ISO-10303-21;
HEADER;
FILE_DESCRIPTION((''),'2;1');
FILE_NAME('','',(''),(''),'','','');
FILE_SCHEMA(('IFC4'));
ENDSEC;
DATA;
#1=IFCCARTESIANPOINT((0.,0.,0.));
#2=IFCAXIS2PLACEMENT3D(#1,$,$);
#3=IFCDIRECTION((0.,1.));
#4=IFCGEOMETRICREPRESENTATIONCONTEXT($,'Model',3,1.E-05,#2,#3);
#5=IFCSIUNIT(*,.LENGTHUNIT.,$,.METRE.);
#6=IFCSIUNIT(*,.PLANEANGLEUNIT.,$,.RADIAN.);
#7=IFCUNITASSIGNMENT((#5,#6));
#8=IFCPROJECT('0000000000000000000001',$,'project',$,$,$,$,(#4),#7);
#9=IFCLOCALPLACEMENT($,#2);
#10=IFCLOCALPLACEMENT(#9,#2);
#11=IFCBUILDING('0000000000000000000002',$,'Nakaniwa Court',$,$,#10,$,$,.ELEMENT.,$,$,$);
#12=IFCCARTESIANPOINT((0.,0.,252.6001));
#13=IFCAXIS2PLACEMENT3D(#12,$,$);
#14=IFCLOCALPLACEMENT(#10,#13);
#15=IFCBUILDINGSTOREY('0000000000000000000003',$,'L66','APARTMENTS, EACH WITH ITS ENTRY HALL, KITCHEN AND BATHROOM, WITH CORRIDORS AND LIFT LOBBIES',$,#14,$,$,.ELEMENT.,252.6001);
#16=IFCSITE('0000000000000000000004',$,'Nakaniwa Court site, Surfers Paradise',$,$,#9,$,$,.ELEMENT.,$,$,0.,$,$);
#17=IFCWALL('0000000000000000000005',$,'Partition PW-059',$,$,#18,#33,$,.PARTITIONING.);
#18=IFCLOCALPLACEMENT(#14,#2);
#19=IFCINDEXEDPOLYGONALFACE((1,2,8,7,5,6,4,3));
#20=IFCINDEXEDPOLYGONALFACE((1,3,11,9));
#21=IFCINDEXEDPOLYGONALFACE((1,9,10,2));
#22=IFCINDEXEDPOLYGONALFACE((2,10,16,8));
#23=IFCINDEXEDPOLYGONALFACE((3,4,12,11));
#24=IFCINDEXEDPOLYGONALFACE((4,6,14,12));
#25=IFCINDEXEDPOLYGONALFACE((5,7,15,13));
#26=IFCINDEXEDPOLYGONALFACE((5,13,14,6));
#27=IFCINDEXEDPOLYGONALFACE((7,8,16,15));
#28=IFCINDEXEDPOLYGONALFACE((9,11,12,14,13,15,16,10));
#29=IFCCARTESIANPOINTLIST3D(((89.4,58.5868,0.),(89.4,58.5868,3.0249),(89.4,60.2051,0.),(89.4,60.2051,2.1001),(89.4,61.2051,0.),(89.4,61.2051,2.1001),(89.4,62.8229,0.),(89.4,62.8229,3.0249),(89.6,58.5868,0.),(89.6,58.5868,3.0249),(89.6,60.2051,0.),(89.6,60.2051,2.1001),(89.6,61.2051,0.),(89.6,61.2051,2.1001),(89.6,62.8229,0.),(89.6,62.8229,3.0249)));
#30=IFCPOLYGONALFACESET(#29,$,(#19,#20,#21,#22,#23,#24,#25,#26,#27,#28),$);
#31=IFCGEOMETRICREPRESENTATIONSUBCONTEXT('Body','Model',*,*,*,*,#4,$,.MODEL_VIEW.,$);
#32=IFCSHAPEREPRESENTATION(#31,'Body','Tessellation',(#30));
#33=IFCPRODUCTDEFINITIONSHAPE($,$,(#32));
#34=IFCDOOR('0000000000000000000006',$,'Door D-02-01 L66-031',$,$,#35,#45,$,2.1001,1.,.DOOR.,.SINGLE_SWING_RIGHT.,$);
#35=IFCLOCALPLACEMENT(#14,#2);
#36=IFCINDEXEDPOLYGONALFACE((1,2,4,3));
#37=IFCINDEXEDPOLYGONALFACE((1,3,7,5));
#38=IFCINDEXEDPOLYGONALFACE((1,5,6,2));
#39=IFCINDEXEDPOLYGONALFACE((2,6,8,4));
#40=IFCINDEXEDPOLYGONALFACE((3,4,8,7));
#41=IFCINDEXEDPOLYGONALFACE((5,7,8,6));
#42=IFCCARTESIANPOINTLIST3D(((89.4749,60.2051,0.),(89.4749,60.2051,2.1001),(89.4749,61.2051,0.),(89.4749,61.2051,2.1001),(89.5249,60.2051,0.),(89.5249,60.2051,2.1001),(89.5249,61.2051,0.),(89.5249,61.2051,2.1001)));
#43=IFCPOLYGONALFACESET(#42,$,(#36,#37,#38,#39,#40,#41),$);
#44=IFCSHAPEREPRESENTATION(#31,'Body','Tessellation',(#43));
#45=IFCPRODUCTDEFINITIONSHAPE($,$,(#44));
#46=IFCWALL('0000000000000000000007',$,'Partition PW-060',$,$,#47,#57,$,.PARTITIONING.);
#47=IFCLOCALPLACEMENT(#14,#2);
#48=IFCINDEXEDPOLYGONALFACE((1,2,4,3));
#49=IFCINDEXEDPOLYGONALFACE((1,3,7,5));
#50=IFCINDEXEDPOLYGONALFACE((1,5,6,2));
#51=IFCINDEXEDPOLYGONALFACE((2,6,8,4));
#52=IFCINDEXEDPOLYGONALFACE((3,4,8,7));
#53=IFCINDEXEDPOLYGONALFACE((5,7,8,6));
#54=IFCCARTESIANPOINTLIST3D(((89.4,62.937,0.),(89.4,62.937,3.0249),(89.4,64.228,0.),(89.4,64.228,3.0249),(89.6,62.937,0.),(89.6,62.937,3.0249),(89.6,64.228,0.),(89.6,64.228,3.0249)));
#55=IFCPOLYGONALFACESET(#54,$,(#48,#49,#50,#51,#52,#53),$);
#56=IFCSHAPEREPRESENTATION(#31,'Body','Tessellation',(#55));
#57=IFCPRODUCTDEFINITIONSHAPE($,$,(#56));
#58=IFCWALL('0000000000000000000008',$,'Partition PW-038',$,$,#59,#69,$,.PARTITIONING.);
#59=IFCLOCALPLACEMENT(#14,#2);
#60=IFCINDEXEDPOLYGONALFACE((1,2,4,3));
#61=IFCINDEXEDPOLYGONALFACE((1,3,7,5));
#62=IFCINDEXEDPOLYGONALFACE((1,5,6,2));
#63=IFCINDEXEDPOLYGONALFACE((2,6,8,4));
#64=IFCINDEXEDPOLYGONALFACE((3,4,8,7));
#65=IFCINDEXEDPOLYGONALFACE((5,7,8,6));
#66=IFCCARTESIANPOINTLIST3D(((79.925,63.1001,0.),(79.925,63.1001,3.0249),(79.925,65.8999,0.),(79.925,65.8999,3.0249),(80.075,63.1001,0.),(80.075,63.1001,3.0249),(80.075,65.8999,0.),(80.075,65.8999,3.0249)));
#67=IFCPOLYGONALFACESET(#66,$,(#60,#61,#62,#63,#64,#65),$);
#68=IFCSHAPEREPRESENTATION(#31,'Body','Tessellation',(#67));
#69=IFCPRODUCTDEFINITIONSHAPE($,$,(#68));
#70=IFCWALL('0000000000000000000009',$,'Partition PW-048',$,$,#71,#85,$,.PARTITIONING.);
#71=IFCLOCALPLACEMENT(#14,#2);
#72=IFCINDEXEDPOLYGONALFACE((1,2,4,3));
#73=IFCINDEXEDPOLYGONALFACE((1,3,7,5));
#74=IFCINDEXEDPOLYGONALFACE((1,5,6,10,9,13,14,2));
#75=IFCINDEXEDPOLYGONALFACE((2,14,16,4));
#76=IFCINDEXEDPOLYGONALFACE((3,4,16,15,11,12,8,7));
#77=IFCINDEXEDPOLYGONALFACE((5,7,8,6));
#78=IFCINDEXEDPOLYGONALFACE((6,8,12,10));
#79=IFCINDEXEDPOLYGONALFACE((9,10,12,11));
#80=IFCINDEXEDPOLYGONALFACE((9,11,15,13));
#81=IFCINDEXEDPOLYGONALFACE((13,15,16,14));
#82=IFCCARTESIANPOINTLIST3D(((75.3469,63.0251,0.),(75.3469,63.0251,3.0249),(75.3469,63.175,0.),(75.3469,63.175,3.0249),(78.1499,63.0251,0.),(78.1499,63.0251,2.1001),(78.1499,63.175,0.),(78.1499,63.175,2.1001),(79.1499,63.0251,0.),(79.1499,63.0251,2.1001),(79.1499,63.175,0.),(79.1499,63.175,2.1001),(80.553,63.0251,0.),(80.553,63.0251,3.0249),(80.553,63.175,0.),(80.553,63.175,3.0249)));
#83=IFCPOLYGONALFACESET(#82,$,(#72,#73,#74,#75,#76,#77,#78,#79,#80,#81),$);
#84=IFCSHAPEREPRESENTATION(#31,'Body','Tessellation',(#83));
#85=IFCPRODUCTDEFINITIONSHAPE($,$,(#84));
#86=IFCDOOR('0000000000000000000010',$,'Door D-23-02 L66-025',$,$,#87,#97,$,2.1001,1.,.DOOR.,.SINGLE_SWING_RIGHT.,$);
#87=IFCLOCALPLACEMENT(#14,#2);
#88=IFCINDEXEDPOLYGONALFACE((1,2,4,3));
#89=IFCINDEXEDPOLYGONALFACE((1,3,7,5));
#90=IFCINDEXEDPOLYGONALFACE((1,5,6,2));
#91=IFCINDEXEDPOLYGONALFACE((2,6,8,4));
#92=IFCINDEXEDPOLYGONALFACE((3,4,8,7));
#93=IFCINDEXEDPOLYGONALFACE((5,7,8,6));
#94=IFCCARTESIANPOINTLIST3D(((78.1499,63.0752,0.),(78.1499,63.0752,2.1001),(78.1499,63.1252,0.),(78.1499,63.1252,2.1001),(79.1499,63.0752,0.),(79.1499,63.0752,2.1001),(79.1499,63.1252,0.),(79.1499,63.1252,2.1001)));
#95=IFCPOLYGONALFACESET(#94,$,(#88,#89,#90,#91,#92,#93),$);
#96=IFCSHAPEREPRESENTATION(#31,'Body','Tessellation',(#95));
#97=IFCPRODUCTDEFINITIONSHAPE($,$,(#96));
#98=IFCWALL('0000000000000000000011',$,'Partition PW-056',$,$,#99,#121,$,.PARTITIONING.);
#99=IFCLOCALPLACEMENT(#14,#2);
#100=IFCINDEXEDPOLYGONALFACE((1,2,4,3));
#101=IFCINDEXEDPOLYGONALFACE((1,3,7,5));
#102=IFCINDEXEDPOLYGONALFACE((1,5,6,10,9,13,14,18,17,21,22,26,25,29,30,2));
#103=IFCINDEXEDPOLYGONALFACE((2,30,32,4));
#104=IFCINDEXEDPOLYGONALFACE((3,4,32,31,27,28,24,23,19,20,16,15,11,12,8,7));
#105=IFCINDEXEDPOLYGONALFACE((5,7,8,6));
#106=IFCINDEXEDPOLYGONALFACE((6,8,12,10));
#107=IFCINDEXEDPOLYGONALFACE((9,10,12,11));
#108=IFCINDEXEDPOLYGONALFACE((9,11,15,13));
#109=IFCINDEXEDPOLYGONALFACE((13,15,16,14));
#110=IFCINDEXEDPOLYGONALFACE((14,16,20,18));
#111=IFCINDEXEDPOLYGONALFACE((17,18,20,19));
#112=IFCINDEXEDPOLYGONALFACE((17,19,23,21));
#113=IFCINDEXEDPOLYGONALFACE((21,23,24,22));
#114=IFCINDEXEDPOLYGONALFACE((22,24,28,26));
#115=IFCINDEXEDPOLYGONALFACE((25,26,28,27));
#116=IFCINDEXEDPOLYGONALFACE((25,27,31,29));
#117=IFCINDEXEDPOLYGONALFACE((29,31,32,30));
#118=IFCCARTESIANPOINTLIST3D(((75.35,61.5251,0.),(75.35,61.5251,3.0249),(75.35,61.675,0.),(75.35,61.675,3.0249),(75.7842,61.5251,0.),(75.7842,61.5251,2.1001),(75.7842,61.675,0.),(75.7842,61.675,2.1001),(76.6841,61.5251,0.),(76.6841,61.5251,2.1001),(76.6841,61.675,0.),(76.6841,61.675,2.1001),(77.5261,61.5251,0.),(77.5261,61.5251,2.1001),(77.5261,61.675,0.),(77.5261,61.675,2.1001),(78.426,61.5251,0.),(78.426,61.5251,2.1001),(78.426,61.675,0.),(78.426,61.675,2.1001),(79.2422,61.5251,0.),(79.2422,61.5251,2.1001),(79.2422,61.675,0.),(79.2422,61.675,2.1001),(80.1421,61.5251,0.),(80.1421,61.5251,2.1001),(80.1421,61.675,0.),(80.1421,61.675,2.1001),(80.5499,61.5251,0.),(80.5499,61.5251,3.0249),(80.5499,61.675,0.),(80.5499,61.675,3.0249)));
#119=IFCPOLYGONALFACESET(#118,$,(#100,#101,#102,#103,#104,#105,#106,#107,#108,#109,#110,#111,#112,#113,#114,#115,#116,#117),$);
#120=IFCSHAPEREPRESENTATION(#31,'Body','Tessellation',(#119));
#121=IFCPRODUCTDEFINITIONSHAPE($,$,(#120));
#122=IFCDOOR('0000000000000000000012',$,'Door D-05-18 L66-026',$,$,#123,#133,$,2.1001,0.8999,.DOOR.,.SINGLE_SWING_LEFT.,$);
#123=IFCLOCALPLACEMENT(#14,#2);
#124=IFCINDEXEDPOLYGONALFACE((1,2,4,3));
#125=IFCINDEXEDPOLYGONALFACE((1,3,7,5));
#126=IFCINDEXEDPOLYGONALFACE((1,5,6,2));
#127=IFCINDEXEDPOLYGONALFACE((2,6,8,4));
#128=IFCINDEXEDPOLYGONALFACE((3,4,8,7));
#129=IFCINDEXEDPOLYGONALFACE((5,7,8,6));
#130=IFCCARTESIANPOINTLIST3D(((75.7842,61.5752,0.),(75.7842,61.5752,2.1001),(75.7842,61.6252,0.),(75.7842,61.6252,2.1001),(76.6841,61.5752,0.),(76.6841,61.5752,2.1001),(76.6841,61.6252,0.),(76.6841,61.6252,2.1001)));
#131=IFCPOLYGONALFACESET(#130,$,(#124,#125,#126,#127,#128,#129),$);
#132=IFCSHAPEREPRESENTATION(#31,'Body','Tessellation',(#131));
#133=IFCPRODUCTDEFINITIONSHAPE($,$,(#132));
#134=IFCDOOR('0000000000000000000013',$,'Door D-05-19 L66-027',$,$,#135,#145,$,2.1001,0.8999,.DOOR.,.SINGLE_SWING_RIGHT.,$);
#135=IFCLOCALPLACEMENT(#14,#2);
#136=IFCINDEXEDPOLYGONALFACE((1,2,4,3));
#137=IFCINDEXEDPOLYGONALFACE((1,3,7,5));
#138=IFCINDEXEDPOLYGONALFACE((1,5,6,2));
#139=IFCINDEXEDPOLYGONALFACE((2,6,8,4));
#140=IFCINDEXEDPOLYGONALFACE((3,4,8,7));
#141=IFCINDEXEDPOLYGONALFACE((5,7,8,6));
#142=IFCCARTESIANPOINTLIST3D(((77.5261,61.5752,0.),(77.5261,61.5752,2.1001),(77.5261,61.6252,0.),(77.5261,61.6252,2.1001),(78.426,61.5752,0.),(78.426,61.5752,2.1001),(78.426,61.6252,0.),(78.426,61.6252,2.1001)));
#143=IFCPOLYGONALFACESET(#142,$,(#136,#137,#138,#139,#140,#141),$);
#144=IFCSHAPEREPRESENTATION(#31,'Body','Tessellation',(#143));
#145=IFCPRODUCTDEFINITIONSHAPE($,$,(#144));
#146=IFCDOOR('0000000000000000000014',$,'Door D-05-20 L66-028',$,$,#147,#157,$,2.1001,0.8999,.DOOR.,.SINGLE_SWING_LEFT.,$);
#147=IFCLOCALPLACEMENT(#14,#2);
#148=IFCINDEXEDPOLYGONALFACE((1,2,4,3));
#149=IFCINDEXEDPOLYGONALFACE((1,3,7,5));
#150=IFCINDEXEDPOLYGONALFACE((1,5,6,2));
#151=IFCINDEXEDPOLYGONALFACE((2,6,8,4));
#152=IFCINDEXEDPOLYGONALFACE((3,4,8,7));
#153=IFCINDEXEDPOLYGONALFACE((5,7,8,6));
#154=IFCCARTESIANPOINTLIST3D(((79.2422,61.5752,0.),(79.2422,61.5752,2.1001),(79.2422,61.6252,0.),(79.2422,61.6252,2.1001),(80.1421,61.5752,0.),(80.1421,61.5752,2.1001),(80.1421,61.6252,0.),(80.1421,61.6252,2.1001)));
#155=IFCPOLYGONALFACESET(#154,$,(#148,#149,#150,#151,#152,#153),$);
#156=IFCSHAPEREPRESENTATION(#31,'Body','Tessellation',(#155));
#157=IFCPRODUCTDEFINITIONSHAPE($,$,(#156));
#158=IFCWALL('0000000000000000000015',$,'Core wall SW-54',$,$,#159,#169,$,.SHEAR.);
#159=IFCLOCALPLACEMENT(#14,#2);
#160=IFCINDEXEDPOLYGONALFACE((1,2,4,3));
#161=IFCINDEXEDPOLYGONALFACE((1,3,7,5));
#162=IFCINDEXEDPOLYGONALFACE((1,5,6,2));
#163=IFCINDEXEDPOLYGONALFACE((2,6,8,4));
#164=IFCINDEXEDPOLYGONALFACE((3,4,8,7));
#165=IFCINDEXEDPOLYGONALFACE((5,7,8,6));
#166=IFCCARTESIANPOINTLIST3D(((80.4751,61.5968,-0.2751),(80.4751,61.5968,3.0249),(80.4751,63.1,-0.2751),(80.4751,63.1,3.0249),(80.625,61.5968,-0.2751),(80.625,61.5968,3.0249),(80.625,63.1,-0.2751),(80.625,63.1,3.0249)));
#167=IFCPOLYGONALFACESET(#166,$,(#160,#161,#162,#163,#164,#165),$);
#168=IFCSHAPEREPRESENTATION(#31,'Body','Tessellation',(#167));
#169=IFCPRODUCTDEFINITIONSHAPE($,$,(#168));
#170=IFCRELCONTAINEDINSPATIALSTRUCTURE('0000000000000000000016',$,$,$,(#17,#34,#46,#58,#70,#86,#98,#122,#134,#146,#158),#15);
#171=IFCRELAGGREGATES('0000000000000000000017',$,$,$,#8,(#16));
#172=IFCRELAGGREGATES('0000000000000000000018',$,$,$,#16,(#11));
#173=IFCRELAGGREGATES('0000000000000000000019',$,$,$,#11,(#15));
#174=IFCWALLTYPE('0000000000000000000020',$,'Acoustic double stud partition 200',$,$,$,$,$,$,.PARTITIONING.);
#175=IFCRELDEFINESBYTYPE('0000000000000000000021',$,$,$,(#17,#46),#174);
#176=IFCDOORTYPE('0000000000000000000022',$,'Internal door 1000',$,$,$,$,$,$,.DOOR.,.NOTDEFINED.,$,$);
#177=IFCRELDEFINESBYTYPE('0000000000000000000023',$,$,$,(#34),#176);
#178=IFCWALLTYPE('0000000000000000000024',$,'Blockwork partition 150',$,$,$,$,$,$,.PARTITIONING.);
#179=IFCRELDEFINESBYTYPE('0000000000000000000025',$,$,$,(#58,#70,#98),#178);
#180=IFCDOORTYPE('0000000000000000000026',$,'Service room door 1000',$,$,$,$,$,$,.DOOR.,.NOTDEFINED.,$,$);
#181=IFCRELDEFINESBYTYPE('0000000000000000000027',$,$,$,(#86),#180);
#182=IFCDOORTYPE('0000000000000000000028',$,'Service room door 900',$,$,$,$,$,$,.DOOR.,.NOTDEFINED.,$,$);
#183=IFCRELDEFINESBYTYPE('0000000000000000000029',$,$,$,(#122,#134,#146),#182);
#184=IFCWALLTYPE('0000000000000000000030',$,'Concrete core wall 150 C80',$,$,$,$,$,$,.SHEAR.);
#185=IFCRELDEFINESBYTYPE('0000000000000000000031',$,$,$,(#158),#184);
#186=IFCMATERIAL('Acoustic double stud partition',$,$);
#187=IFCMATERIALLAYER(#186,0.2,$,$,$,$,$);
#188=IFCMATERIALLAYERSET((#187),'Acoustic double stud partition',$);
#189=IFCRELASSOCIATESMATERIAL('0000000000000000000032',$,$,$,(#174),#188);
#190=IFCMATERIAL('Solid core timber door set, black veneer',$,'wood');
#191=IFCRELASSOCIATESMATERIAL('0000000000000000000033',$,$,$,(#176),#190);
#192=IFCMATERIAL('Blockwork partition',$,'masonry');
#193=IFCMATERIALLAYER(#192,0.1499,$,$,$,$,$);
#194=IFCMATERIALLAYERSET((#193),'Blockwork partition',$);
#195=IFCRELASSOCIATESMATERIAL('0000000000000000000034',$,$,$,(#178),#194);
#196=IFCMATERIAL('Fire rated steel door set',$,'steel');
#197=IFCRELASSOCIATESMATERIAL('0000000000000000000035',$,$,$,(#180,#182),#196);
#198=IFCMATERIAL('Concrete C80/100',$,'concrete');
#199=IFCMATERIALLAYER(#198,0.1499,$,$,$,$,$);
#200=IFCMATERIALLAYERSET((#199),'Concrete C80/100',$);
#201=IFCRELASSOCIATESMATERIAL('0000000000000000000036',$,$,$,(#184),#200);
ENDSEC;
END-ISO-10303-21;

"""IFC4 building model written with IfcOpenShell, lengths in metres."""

from ifc_helpers import new_model, si_unit, direction, frame, frame_2d, origin, place, context, subcontext, project, spatial, rectangle, extrude, material, layer, layer_set, type_object, element, fill, save


model = new_model("IFC4")

# Units and contexts
model_context = context("Model", 3, precision=1e-05, world=origin(), true_north=direction((0.0, 1.0)))
body_context = subcontext(model_context, "Body", "Model", "MODEL_VIEW")
ifc_project = project(units=[si_unit("LENGTHUNIT", "METRE"), si_unit("PLANEANGLEUNIT", "RADIAN")], contexts=[model_context])

# Site, building, storey
site_placement = place(None, origin())
site = spatial("IfcSite", under=ifc_project, at=site_placement, Name="Nakaniwa Court site, Surfers Paradise", CompositionType="ELEMENT", RefElevation=0.0)
building_placement = place(site_placement, origin())
building = spatial("IfcBuilding", under=site, at=building_placement, Name="Nakaniwa Court", CompositionType="ELEMENT")
storey_placement = place(building_placement, frame((0.0, 0.0, 252.6001)))
storey = spatial("IfcBuildingStorey", under=building, at=storey_placement, Name="L66", Description="APARTMENTS, EACH WITH ITS ENTRY HALL, KITCHEN AND BATHROOM, WITH CORRIDORS AND LIFT LOBBIES", CompositionType="ELEMENT", Elevation=252.6001)

# Wall, opening, door
ifc_material_1 = material(Name="Acoustic double stud partition")
ifc_layer_1 = layer(ifc_material_1, 0.2)
ifc_layer_set_1 = layer_set([ifc_layer_1], Name="Acoustic double stud partition")
wall_type_1 = type_object("IfcWallType", Name="Acoustic double stud partition 200", PredefinedType="PARTITIONING", material=ifc_layer_set_1)
wall_1_placement = place(storey_placement, frame((89.5, 62.823, 0.0), z_axis=(0.0, 0.0, 1.0), x_axis=(0.0, -1.0, 0.0)))
wall_1 = element("IfcWall", 1, at=wall_1_placement, inside=storey, type_object=wall_type_1, Name="Partition PW-059", PredefinedType="PARTITIONING", context=body_context, shape_type="SweptSolid", body=[
    extrude(rectangle(XDim=4.2361, YDim=0.2, at=frame_2d((2.1182, 0.0))), origin(), (0.0, 0.0, 1.0), 3.0249),
])
opening_1_placement = place(wall_1_placement, frame((1.6179, 0.0, 0.0)))
opening_1 = element("IfcOpeningElement", 2, at=opening_1_placement, cuts=wall_1, PredefinedType="OPENING", context=body_context, shape_type="SweptSolid", body=[
    extrude(rectangle(XDim=1.0, YDim=2.1001, at=frame_2d((0.5, 1.05))), frame((0.0, 0.1099, 0.0), z_axis=(0.0, -1.0, 0.0), x_axis=(1.0, 0.0, 0.0)), (0.0, 0.0, 1.0), 0.22),
])
ifc_material_2 = material(Name="Solid core timber door set, black veneer", Category="wood")
door_type_1 = type_object("IfcDoorType", Name="Internal door 1000", OperationType="NOTDEFINED", PredefinedType="DOOR", material=ifc_material_2)
door_1_placement = place(opening_1_placement, origin())
door_1 = element("IfcDoor", 3, at=door_1_placement, inside=storey, type_object=door_type_1, Name="Door D-02-01 L66-031", OperationType="SINGLE_SWING_RIGHT", OverallHeight=2.1001, OverallWidth=1.0, PredefinedType="DOOR", context=body_context, shape_type="SweptSolid", body=[
    extrude(rectangle(XDim=1.0, YDim=2.1001, at=frame_2d((0.5, 1.05))), frame((0.0, 0.0249, 0.0), z_axis=(0.0, -1.0, 0.0), x_axis=(1.0, 0.0, 0.0)), (0.0, 0.0, 1.0), 0.05),
])
fill(opening_1, door_1)

# Walls
wall_2_placement = place(storey_placement, frame((89.5, 62.937, 0.0), z_axis=(0.0, 0.0, 1.0), x_axis=(0.0, 1.0, 0.0)))
element("IfcWall", 4, at=wall_2_placement, inside=storey, type_object=wall_type_1, Name="Partition PW-060", PredefinedType="PARTITIONING", context=body_context, shape_type="SweptSolid", body=[
    extrude(rectangle(XDim=1.291, YDim=0.2, at=frame_2d((0.6455, 0.0))), origin(), (0.0, 0.0, 1.0), 3.0249),
])
ifc_material_3 = material(Name="Blockwork partition", Category="masonry")
ifc_layer_2 = layer(ifc_material_3, 0.1499)
ifc_layer_set_2 = layer_set([ifc_layer_2], Name="Blockwork partition")
wall_type_2 = type_object("IfcWallType", Name="Blockwork partition 150", PredefinedType="PARTITIONING", material=ifc_layer_set_2)
wall_3_placement = place(storey_placement, frame((80.0, 63.1001, 0.0), z_axis=(0.0, 0.0, 1.0), x_axis=(0.0, 1.0, 0.0)))
element("IfcWall", 5, at=wall_3_placement, inside=storey, type_object=wall_type_2, Name="Partition PW-038", PredefinedType="PARTITIONING", context=body_context, shape_type="SweptSolid", body=[
    extrude(rectangle(XDim=2.7998, YDim=0.1499, at=frame_2d((1.3999, 0.0))), origin(), (0.0, 0.0, 1.0), 3.0249),
])

# Wall, opening, door
wall_4_placement = place(storey_placement, frame((80.553, 63.1001, 0.0), z_axis=(0.0, 0.0, 1.0), x_axis=(-1.0, 0.0, 0.0)))
wall_4 = element("IfcWall", 6, at=wall_4_placement, inside=storey, type_object=wall_type_2, Name="Partition PW-048", PredefinedType="PARTITIONING", context=body_context, shape_type="SweptSolid", body=[
    extrude(rectangle(XDim=5.2061, YDim=0.1499, at=frame_2d((2.603, 0.0))), origin(), (0.0, 0.0, 1.0), 3.0249),
])
opening_2_placement = place(wall_4_placement, frame((1.4031, 0.0, 0.0)))
opening_2 = element("IfcOpeningElement", 7, at=opening_2_placement, cuts=wall_4, PredefinedType="OPENING", context=body_context, shape_type="SweptSolid", body=[
    extrude(rectangle(XDim=1.0, YDim=2.1001, at=frame_2d((0.5, 1.05))), frame((0.0, 0.085, 0.0), z_axis=(0.0, -1.0, 0.0), x_axis=(1.0, 0.0, 0.0)), (0.0, 0.0, 1.0), 0.1699),
])
ifc_material_4 = material(Name="Fire rated steel door set", Category="steel")
door_type_2 = type_object("IfcDoorType", Name="Service room door 1000", OperationType="NOTDEFINED", PredefinedType="DOOR", material=ifc_material_4)
door_2_placement = place(opening_2_placement, origin())
door_2 = element("IfcDoor", 8, at=door_2_placement, inside=storey, type_object=door_type_2, Name="Door D-23-02 L66-025", OperationType="SINGLE_SWING_RIGHT", OverallHeight=2.1001, OverallWidth=1.0, PredefinedType="DOOR", context=body_context, shape_type="SweptSolid", body=[
    extrude(rectangle(XDim=1.0, YDim=2.1001, at=frame_2d((0.5, 1.05))), frame((0.0, 0.0249, 0.0), z_axis=(0.0, -1.0, 0.0), x_axis=(1.0, 0.0, 0.0)), (0.0, 0.0, 1.0), 0.05),
])
fill(opening_2, door_2)

# Wall, openings, doors
wall_5_placement = place(storey_placement, frame((80.55, 61.6001, 0.0), z_axis=(0.0, 0.0, 1.0), x_axis=(-1.0, 0.0, 0.0)))
wall_5 = element("IfcWall", 9, at=wall_5_placement, inside=storey, type_object=wall_type_2, Name="Partition PW-056", PredefinedType="PARTITIONING", context=body_context, shape_type="SweptSolid", body=[
    extrude(rectangle(XDim=5.2, YDim=0.1499, at=frame_2d((2.6001, 0.0))), origin(), (0.0, 0.0, 1.0), 3.0249),
])
opening_3_placement = place(wall_5_placement, frame((3.866, 0.0, 0.0)))
opening_3 = element("IfcOpeningElement", 10, at=opening_3_placement, cuts=wall_5, PredefinedType="OPENING", context=body_context, shape_type="SweptSolid", body=[
    extrude(rectangle(XDim=0.8999, YDim=2.1001, at=frame_2d((0.45, 1.05))), frame((0.0, 0.085, 0.0), z_axis=(0.0, -1.0, 0.0), x_axis=(1.0, 0.0, 0.0)), (0.0, 0.0, 1.0), 0.1699),
])
opening_4_placement = place(wall_5_placement, frame((2.124, 0.0, 0.0)))
opening_4 = element("IfcOpeningElement", 11, at=opening_4_placement, cuts=wall_5, PredefinedType="OPENING", context=body_context, shape_type="SweptSolid", body=[
    extrude(rectangle(XDim=0.8999, YDim=2.1001, at=frame_2d((0.45, 1.05))), frame((0.0, 0.085, 0.0), z_axis=(0.0, -1.0, 0.0), x_axis=(1.0, 0.0, 0.0)), (0.0, 0.0, 1.0), 0.1699),
])
opening_5_placement = place(wall_5_placement, frame((0.408, 0.0, 0.0)))
opening_5 = element("IfcOpeningElement", 12, at=opening_5_placement, cuts=wall_5, PredefinedType="OPENING", context=body_context, shape_type="SweptSolid", body=[
    extrude(rectangle(XDim=0.8999, YDim=2.1001, at=frame_2d((0.45, 1.05))), frame((0.0, 0.085, 0.0), z_axis=(0.0, -1.0, 0.0), x_axis=(1.0, 0.0, 0.0)), (0.0, 0.0, 1.0), 0.1699),
])
door_type_3 = type_object("IfcDoorType", Name="Service room door 900", OperationType="NOTDEFINED", PredefinedType="DOOR", material=ifc_material_4)
door_3_placement = place(opening_3_placement, origin())
door_3 = element("IfcDoor", 13, at=door_3_placement, inside=storey, type_object=door_type_3, Name="Door D-05-18 L66-026", OperationType="SINGLE_SWING_LEFT", OverallHeight=2.1001, OverallWidth=0.8999, PredefinedType="DOOR", context=body_context, shape_type="SweptSolid", body=[
    extrude(rectangle(XDim=0.8999, YDim=2.1001, at=frame_2d((0.45, 1.05))), frame((0.0, 0.0249, 0.0), z_axis=(0.0, -1.0, 0.0), x_axis=(1.0, 0.0, 0.0)), (0.0, 0.0, 1.0), 0.05),
])
fill(opening_3, door_3)
door_4_placement = place(opening_4_placement, origin())
door_4 = element("IfcDoor", 14, at=door_4_placement, inside=storey, type_object=door_type_3, Name="Door D-05-19 L66-027", OperationType="SINGLE_SWING_RIGHT", OverallHeight=2.1001, OverallWidth=0.8999, PredefinedType="DOOR", context=body_context, shape_type="SweptSolid", body=[
    extrude(rectangle(XDim=0.8999, YDim=2.1001, at=frame_2d((0.45, 1.05))), frame((0.0, 0.0249, 0.0), z_axis=(0.0, -1.0, 0.0), x_axis=(1.0, 0.0, 0.0)), (0.0, 0.0, 1.0), 0.05),
])
fill(opening_4, door_4)
door_5_placement = place(opening_5_placement, origin())
door_5 = element("IfcDoor", 15, at=door_5_placement, inside=storey, type_object=door_type_3, Name="Door D-05-20 L66-028", OperationType="SINGLE_SWING_LEFT", OverallHeight=2.1001, OverallWidth=0.8999, PredefinedType="DOOR", context=body_context, shape_type="SweptSolid", body=[
    extrude(rectangle(XDim=0.8999, YDim=2.1001, at=frame_2d((0.45, 1.05))), frame((0.0, 0.0249, 0.0), z_axis=(0.0, -1.0, 0.0), x_axis=(1.0, 0.0, 0.0)), (0.0, 0.0, 1.0), 0.05),
])
fill(opening_5, door_5)

# Wall
ifc_material_5 = material(Name="Concrete C80/100", Category="concrete")
ifc_layer_3 = layer(ifc_material_5, 0.1499)
ifc_layer_set_3 = layer_set([ifc_layer_3], Name="Concrete C80/100")
wall_type_3 = type_object("IfcWallType", Name="Concrete core wall 150 C80", PredefinedType="SHEAR", material=ifc_layer_set_3)
wall_6_placement = place(storey_placement, frame((80.55, 61.5969, -0.2751), z_axis=(0.0, 0.0, 1.0), x_axis=(0.0, 1.0, 0.0)))
element("IfcWall", 16, at=wall_6_placement, inside=storey, type_object=wall_type_3, Name="Core wall SW-54", PredefinedType="SHEAR", context=body_context, shape_type="SweptSolid", body=[
    extrude(rectangle(XDim=1.5032, YDim=0.1499, at=frame_2d((0.7515, 0.0))), origin(), (0.0, 0.0, 1.0), 3.3),
])

save(model, "model.ifc")
